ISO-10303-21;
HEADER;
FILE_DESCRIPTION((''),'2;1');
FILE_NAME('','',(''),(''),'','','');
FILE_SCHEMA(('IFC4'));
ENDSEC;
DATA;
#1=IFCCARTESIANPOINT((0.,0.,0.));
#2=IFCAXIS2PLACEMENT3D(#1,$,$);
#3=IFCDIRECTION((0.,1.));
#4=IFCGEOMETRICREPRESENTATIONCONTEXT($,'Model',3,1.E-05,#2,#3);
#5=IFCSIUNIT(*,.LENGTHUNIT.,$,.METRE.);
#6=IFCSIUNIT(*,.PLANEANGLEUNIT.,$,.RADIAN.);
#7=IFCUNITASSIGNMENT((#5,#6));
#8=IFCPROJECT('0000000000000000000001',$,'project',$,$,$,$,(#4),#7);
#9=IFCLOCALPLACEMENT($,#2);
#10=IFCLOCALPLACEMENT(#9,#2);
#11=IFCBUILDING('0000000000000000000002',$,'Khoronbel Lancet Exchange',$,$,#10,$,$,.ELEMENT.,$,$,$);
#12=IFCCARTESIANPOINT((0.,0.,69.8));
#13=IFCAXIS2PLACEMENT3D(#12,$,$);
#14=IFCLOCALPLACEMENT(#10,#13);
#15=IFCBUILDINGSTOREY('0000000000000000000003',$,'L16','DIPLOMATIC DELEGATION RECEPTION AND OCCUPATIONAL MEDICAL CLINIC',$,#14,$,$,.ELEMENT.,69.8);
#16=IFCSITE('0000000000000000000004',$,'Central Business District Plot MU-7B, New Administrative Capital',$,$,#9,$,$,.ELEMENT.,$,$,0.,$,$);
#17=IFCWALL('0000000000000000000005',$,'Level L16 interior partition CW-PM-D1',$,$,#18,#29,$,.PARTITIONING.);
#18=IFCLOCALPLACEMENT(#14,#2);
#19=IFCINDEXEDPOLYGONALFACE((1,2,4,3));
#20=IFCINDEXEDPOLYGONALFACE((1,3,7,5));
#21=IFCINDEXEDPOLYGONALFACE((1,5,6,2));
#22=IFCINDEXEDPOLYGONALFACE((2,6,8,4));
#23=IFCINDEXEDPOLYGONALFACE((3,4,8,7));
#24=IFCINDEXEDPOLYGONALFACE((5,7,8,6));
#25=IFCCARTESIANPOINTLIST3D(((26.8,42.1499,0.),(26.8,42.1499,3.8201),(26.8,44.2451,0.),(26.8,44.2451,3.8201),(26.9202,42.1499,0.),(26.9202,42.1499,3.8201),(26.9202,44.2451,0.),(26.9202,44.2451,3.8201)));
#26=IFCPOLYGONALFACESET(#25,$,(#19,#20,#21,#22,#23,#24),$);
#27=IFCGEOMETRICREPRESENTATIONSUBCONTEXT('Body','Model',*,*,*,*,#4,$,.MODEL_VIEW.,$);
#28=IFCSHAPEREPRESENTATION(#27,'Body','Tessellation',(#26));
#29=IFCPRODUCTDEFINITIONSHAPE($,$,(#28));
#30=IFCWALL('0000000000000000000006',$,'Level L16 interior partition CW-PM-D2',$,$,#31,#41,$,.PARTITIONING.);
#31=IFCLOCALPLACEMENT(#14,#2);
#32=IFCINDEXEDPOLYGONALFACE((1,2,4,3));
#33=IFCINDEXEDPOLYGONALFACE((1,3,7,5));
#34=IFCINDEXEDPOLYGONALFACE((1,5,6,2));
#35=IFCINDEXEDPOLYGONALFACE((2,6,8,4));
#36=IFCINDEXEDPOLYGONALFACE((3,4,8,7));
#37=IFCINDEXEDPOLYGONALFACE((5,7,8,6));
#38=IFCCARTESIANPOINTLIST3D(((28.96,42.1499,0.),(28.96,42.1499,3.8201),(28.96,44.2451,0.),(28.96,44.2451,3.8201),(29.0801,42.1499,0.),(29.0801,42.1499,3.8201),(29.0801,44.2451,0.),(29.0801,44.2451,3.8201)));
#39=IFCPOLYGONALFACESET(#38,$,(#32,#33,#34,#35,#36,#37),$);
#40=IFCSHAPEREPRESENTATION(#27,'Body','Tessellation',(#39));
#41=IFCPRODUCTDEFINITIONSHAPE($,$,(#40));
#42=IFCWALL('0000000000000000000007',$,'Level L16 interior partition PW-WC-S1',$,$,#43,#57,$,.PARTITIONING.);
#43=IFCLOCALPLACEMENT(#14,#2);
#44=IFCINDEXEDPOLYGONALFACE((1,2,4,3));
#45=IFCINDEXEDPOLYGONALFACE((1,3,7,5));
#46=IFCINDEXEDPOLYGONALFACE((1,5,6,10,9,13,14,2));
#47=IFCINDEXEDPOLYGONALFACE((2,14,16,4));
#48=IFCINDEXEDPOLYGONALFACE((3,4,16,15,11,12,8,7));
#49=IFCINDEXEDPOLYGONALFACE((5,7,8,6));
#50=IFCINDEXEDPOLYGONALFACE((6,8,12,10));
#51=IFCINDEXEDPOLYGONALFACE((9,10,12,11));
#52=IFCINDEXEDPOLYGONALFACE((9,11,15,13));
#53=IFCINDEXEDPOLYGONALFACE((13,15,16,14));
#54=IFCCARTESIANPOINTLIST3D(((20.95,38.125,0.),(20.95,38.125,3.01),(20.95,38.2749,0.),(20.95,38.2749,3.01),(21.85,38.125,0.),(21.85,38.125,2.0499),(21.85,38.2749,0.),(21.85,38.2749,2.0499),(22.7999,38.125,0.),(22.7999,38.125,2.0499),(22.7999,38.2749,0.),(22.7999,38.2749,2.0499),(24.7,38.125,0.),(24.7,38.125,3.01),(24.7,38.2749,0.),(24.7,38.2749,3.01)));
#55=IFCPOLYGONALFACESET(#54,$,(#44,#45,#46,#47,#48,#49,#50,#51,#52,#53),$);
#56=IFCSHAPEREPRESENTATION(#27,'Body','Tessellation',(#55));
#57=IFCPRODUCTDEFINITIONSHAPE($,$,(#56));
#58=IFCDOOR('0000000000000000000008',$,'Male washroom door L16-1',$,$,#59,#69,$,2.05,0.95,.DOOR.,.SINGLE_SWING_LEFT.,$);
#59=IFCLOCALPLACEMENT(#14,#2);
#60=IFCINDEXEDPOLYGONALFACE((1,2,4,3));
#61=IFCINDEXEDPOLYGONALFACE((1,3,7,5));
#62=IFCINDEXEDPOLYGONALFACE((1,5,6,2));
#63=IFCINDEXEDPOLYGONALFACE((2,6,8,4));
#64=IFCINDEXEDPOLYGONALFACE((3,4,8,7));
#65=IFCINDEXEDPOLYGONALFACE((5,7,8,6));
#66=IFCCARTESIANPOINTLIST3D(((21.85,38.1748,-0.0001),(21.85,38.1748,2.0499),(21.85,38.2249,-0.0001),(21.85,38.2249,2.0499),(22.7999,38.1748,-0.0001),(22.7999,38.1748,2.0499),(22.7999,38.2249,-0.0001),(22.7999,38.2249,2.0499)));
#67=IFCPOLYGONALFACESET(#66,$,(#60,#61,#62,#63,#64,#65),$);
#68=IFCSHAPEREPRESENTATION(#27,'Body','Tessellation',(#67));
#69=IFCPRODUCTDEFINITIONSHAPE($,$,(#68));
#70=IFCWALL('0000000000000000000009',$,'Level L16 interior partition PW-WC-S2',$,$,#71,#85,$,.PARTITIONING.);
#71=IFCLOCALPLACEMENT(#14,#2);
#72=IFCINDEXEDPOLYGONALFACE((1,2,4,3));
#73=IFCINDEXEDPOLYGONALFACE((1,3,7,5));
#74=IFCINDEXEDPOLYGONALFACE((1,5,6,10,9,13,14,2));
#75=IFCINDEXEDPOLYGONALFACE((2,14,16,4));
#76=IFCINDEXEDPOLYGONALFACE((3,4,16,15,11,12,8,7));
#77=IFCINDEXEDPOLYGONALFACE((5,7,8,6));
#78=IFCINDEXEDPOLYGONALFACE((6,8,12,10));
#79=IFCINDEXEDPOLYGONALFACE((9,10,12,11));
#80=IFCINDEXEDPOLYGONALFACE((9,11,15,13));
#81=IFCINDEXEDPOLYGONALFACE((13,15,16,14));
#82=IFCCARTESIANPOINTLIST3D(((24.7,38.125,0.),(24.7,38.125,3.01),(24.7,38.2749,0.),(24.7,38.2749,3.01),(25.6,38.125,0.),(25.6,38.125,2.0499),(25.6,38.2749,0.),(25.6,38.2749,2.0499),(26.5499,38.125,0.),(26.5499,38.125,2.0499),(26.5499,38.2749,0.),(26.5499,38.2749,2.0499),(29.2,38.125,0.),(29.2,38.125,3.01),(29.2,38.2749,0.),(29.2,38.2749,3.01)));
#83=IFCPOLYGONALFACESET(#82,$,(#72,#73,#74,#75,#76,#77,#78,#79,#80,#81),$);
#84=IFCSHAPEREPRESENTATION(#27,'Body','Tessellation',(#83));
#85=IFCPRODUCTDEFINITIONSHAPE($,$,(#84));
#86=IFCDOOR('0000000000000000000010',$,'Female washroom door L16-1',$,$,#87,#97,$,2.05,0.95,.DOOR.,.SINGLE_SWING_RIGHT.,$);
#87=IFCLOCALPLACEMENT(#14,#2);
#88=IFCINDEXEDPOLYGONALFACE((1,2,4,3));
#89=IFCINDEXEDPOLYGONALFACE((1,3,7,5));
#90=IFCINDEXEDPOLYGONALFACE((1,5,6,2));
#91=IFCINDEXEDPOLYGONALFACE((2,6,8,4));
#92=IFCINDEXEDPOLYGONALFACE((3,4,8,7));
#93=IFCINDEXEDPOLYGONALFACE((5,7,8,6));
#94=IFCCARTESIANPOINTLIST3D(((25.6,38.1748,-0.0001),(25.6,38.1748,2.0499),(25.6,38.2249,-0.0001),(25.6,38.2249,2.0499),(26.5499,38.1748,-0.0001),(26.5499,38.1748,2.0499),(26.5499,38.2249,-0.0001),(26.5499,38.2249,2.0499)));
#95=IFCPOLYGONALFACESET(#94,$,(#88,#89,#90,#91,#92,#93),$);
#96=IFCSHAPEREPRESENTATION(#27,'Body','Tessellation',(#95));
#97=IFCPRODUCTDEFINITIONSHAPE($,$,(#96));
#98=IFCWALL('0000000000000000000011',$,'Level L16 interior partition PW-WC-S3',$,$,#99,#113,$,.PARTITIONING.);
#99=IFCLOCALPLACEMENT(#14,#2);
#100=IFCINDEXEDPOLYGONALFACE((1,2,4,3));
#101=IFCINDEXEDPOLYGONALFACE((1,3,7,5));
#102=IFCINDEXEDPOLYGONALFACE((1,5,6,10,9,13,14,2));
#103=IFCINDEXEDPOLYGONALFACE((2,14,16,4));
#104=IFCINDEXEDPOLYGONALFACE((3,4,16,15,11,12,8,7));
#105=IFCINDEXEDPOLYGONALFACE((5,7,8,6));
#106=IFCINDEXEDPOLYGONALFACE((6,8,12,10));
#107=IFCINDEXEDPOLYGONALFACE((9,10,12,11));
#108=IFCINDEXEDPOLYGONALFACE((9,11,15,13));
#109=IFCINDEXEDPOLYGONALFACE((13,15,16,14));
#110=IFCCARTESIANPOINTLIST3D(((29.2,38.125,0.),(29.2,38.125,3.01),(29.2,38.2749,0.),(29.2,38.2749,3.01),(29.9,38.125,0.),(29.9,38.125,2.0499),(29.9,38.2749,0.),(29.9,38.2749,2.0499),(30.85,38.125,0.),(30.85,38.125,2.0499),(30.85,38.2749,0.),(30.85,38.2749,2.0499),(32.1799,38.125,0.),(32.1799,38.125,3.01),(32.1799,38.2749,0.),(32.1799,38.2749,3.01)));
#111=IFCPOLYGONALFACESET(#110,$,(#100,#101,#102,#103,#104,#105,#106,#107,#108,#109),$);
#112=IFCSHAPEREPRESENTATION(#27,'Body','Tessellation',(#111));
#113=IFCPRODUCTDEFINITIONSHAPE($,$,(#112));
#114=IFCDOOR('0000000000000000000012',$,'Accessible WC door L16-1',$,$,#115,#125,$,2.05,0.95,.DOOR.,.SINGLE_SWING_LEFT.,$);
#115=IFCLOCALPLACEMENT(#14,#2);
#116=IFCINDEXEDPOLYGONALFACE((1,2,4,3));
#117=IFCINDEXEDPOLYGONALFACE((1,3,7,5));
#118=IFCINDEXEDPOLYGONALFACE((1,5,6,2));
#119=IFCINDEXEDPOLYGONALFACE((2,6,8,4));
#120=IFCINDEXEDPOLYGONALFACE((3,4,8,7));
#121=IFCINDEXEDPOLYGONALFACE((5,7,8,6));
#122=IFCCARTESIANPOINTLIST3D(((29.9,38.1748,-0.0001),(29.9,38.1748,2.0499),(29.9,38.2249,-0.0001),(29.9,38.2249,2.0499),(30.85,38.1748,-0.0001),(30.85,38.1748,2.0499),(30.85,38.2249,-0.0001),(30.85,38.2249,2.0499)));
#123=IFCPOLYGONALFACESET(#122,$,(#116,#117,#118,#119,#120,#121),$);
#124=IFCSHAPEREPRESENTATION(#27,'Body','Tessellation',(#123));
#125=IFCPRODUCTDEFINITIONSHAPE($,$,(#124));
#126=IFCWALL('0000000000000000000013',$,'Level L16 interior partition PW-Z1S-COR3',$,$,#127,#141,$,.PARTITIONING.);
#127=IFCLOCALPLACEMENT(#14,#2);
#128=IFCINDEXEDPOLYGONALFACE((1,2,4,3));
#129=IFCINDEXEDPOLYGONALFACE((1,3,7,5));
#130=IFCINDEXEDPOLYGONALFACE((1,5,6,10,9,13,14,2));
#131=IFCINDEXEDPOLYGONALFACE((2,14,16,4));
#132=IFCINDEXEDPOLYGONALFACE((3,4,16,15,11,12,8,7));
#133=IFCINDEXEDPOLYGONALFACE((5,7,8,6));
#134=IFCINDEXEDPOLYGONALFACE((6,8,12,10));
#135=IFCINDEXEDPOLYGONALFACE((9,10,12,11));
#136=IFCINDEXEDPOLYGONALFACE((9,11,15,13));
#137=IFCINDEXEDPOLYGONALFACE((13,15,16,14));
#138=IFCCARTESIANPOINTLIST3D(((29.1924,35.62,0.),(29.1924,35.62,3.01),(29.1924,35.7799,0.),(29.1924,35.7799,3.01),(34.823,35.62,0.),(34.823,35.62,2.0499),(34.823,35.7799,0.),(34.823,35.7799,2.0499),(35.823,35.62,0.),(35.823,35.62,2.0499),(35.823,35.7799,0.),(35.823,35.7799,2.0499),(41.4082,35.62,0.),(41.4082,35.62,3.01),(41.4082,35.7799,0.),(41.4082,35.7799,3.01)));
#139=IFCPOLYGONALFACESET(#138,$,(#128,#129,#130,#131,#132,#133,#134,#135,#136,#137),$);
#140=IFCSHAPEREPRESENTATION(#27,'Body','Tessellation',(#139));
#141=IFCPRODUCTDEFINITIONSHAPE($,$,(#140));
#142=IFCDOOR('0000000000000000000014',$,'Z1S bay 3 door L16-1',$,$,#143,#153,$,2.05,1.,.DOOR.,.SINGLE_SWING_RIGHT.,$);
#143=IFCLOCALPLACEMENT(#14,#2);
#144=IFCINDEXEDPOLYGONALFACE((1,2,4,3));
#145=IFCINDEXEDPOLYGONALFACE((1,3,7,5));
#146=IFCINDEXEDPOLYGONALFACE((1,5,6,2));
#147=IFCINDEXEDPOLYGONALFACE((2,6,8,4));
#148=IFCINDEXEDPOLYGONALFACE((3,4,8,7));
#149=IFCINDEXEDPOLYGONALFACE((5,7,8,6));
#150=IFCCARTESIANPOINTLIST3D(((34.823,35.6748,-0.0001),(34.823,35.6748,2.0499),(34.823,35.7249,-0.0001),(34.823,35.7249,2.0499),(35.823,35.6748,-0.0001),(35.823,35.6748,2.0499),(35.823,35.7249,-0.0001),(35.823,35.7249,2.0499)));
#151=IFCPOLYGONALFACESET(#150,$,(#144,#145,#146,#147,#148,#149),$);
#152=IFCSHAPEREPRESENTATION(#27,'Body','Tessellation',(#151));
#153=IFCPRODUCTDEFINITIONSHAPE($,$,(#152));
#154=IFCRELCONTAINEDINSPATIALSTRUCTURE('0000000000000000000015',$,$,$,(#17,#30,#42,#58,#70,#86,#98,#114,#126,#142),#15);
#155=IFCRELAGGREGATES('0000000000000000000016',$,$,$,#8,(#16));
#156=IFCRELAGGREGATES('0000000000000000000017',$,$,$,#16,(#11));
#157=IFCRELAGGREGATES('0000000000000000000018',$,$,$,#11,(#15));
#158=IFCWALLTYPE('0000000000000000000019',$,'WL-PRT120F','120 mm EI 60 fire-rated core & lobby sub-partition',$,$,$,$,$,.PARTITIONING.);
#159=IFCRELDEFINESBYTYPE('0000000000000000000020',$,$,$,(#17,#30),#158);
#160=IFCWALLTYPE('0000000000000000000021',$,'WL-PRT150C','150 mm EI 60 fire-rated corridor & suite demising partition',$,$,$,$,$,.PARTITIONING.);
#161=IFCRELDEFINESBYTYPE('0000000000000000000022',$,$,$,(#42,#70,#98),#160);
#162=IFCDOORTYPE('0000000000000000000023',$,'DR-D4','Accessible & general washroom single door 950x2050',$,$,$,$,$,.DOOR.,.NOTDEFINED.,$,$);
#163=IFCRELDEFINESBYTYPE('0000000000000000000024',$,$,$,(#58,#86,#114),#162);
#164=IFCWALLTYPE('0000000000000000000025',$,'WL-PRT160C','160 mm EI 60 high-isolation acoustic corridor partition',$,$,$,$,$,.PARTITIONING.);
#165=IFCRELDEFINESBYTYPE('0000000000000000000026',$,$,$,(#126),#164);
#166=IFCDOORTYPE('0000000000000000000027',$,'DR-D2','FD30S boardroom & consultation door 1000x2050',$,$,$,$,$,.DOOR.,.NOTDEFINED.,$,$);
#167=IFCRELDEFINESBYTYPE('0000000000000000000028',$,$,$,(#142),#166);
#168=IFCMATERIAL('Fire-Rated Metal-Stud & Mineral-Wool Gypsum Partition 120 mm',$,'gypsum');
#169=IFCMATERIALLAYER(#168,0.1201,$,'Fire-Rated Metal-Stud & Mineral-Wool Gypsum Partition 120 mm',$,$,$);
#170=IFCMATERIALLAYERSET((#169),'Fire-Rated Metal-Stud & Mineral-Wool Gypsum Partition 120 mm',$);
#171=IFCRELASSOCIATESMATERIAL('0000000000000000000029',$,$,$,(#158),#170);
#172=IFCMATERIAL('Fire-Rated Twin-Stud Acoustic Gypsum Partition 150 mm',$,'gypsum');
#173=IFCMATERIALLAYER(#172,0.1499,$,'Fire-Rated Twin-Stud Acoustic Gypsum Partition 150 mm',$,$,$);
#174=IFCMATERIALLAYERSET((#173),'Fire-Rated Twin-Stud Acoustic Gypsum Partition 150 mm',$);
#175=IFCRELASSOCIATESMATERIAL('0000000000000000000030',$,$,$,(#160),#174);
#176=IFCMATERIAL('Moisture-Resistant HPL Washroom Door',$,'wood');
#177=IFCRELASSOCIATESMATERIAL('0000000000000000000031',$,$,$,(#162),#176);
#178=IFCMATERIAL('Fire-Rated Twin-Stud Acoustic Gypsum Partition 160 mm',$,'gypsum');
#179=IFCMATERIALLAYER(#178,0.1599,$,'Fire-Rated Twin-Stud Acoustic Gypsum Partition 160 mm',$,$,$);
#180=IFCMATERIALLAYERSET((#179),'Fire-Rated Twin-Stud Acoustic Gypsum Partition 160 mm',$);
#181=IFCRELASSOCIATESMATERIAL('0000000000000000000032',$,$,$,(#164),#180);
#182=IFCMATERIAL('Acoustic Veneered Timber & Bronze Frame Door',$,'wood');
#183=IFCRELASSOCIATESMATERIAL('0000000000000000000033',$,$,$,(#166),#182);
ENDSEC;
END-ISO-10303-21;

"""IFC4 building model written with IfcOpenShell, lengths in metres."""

from ifc_helpers import new_model, si_unit, direction, frame, frame_2d, origin, place, context, subcontext, project, spatial, rectangle, extrude, material, layer, layer_set, type_object, element, fill, save


model = new_model("IFC4")

# Units and contexts
model_context = context("Model", 3, precision=1e-05, world=origin(), true_north=direction((0.0, 1.0)))
body_context = subcontext(model_context, "Body", "Model", "MODEL_VIEW")
ifc_project = project(units=[si_unit("LENGTHUNIT", "METRE"), si_unit("PLANEANGLEUNIT", "RADIAN")], contexts=[model_context])

# Site, building, storey
site_placement = place(None, origin())
site = spatial("IfcSite", under=ifc_project, at=site_placement, Name="Central Business District Plot MU-7B, New Administrative Capital", CompositionType="ELEMENT", RefElevation=0.0)
building_placement = place(site_placement, origin())
building = spatial("IfcBuilding", under=site, at=building_placement, Name="Khoronbel Lancet Exchange", CompositionType="ELEMENT")
storey_placement = place(building_placement, frame((0.0, 0.0, 69.8)))
storey = spatial("IfcBuildingStorey", under=building, at=storey_placement, Name="L16", Description="DIPLOMATIC DELEGATION RECEPTION AND OCCUPATIONAL MEDICAL CLINIC", CompositionType="ELEMENT", Elevation=69.8)

# Walls
ifc_material_1 = material(Name="Fire-Rated Metal-Stud & Mineral-Wool Gypsum Partition 120 mm", Category="gypsum")
ifc_layer_1 = layer(ifc_material_1, 0.1201, Name="Fire-Rated Metal-Stud & Mineral-Wool Gypsum Partition 120 mm")
ifc_layer_set_1 = layer_set([ifc_layer_1], Name="Fire-Rated Metal-Stud & Mineral-Wool Gypsum Partition 120 mm")
wall_type_1 = type_object("IfcWallType", Name="WL-PRT120F", Description="120 mm EI 60 fire-rated core & lobby sub-partition", PredefinedType="PARTITIONING", material=ifc_layer_set_1)
for number, where, z_axis, x_axis, name in (
    (1, (26.8601, 42.1499, 0.0), (0.0, 0.0, 1.0), (0.0, 1.0, 0.0), "Level L16 interior partition CW-PM-D1"),
    (2, (29.02, 42.1499, 0.0), (0.0, 0.0, 1.0), (0.0, 1.0, 0.0), "Level L16 interior partition CW-PM-D2"),
):
    element("IfcWall", number, at=place(storey_placement, frame(where, z_axis=z_axis, x_axis=x_axis)), inside=storey, type_object=wall_type_1, Name=name, PredefinedType="PARTITIONING", context=body_context, shape_type="SweptSolid", body=[
        extrude(rectangle(XDim=2.0952, YDim=0.1201, at=frame_2d((1.0476, 0.0))), origin(), (0.0, 0.0, 1.0), 3.8201),
    ])

# Walls, openings, doors
ifc_material_2 = material(Name="Fire-Rated Twin-Stud Acoustic Gypsum Partition 150 mm", Category="gypsum")
ifc_layer_2 = layer(ifc_material_2, 0.1499, Name="Fire-Rated Twin-Stud Acoustic Gypsum Partition 150 mm")
ifc_layer_set_2 = layer_set([ifc_layer_2], Name="Fire-Rated Twin-Stud Acoustic Gypsum Partition 150 mm")
wall_type_2 = type_object("IfcWallType", Name="WL-PRT150C", Description="150 mm EI 60 fire-rated corridor & suite demising partition", PredefinedType="PARTITIONING", material=ifc_layer_set_2)
wall_1_placement = place(storey_placement, frame((20.95, 38.2, 0.0), z_axis=(0.0, 0.0, 1.0), x_axis=(1.0, 0.0, 0.0)))
wall_1 = element("IfcWall", 3, at=wall_1_placement, inside=storey, type_object=wall_type_2, Name="Level L16 interior partition PW-WC-S1", PredefinedType="PARTITIONING", context=body_context, shape_type="SweptSolid", body=[
    extrude(rectangle(XDim=3.75, YDim=0.1499, at=frame_2d((1.875, 0.0))), origin(), (0.0, 0.0, 1.0), 3.01),
])
opening_1_placement = place(wall_1_placement, frame((0.8999, 0.0, 0.0)))
opening_1 = element("IfcOpeningElement", 4, at=opening_1_placement, cuts=wall_1, PredefinedType="OPENING", context=body_context, shape_type="SweptSolid", body=[
    extrude(rectangle(XDim=0.95, YDim=2.05, at=frame_2d((0.4751, 1.0249))), frame((0.0, 0.085, 0.0), z_axis=(0.0, -1.0, 0.0), x_axis=(1.0, 0.0, 0.0)), (0.0, 0.0, 1.0), 0.1699),
])
ifc_material_3 = material(Name="Moisture-Resistant HPL Washroom Door", Category="wood")
door_type_1 = type_object("IfcDoorType", Name="DR-D4", Description="Accessible & general washroom single door 950x2050", OperationType="NOTDEFINED", PredefinedType="DOOR", material=ifc_material_3)
door_1_placement = place(opening_1_placement, origin())
door_1 = element("IfcDoor", 5, at=door_1_placement, inside=storey, type_object=door_type_1, Name="Male washroom door L16-1", OperationType="SINGLE_SWING_LEFT", OverallHeight=2.05, OverallWidth=0.95, PredefinedType="DOOR", context=body_context, shape_type="SweptSolid", body=[
    extrude(rectangle(XDim=0.95, YDim=2.05, at=frame_2d((0.4751, 1.0249))), frame((0.0, 0.0249, 0.0), z_axis=(0.0, -1.0, 0.0), x_axis=(1.0, 0.0, 0.0)), (0.0, 0.0, 1.0), 0.05),
])
fill(opening_1, door_1)
wall_2_placement = place(storey_placement, frame((24.7, 38.2, 0.0), z_axis=(0.0, 0.0, 1.0), x_axis=(1.0, 0.0, 0.0)))
wall_2 = element("IfcWall", 6, at=wall_2_placement, inside=storey, type_object=wall_type_2, Name="Level L16 interior partition PW-WC-S2", PredefinedType="PARTITIONING", context=body_context, shape_type="SweptSolid", body=[
    extrude(rectangle(XDim=4.5, YDim=0.1499, at=frame_2d((2.25, 0.0))), origin(), (0.0, 0.0, 1.0), 3.01),
])
opening_2_placement = place(wall_2_placement, frame((0.8999, 0.0, 0.0)))
opening_2 = element("IfcOpeningElement", 7, at=opening_2_placement, cuts=wall_2, PredefinedType="OPENING", context=body_context, shape_type="SweptSolid", body=[
    extrude(rectangle(XDim=0.95, YDim=2.05, at=frame_2d((0.4751, 1.0249))), frame((0.0, 0.085, 0.0), z_axis=(0.0, -1.0, 0.0), x_axis=(1.0, 0.0, 0.0)), (0.0, 0.0, 1.0), 0.1699),
])
door_2_placement = place(opening_2_placement, origin())
door_2 = element("IfcDoor", 8, at=door_2_placement, inside=storey, type_object=door_type_1, Name="Female washroom door L16-1", OperationType="SINGLE_SWING_RIGHT", OverallHeight=2.05, OverallWidth=0.95, PredefinedType="DOOR", context=body_context, shape_type="SweptSolid", body=[
    extrude(rectangle(XDim=0.95, YDim=2.05, at=frame_2d((0.4751, 1.0249))), frame((0.0, 0.0249, 0.0), z_axis=(0.0, -1.0, 0.0), x_axis=(1.0, 0.0, 0.0)), (0.0, 0.0, 1.0), 0.05),
])
fill(opening_2, door_2)
wall_3_placement = place(storey_placement, frame((29.2, 38.2, 0.0), z_axis=(0.0, 0.0, 1.0), x_axis=(1.0, 0.0, 0.0)))
wall_3 = element("IfcWall", 9, at=wall_3_placement, inside=storey, type_object=wall_type_2, Name="Level L16 interior partition PW-WC-S3", PredefinedType="PARTITIONING", context=body_context, shape_type="SweptSolid", body=[
    extrude(rectangle(XDim=2.98, YDim=0.1499, at=frame_2d((1.49, 0.0))), origin(), (0.0, 0.0, 1.0), 3.01),
])
opening_3_placement = place(wall_3_placement, frame((0.7, 0.0, 0.0)))
opening_3 = element("IfcOpeningElement", 10, at=opening_3_placement, cuts=wall_3, PredefinedType="OPENING", context=body_context, shape_type="SweptSolid", body=[
    extrude(rectangle(XDim=0.95, YDim=2.05, at=frame_2d((0.4751, 1.0249))), frame((0.0, 0.085, 0.0), z_axis=(0.0, -1.0, 0.0), x_axis=(1.0, 0.0, 0.0)), (0.0, 0.0, 1.0), 0.1699),
])
door_3_placement = place(opening_3_placement, origin())
door_3 = element("IfcDoor", 11, at=door_3_placement, inside=storey, type_object=door_type_1, Name="Accessible WC door L16-1", OperationType="SINGLE_SWING_LEFT", OverallHeight=2.05, OverallWidth=0.95, PredefinedType="DOOR", context=body_context, shape_type="SweptSolid", body=[
    extrude(rectangle(XDim=0.95, YDim=2.05, at=frame_2d((0.4751, 1.0249))), frame((0.0, 0.0249, 0.0), z_axis=(0.0, -1.0, 0.0), x_axis=(1.0, 0.0, 0.0)), (0.0, 0.0, 1.0), 0.05),
])
fill(opening_3, door_3)
ifc_material_4 = material(Name="Fire-Rated Twin-Stud Acoustic Gypsum Partition 160 mm", Category="gypsum")
ifc_layer_3 = layer(ifc_material_4, 0.1599, Name="Fire-Rated Twin-Stud Acoustic Gypsum Partition 160 mm")
ifc_layer_set_3 = layer_set([ifc_layer_3], Name="Fire-Rated Twin-Stud Acoustic Gypsum Partition 160 mm")
wall_type_3 = type_object("IfcWallType", Name="WL-PRT160C", Description="160 mm EI 60 high-isolation acoustic corridor partition", PredefinedType="PARTITIONING", material=ifc_layer_set_3)
wall_4_placement = place(storey_placement, frame((29.1924, 35.7, 0.0), z_axis=(0.0, 0.0, 1.0), x_axis=(1.0, 0.0, 0.0)))
wall_4 = element("IfcWall", 12, at=wall_4_placement, inside=storey, type_object=wall_type_3, Name="Level L16 interior partition PW-Z1S-COR3", PredefinedType="PARTITIONING", context=body_context, shape_type="SweptSolid", body=[
    extrude(rectangle(XDim=12.2158, YDim=0.1599, at=frame_2d((6.1079, 0.0))), origin(), (0.0, 0.0, 1.0), 3.01),
])
opening_4_placement = place(wall_4_placement, frame((5.6306, 0.0, 0.0)))
opening_4 = element("IfcOpeningElement", 13, at=opening_4_placement, cuts=wall_4, PredefinedType="OPENING", context=body_context, shape_type="SweptSolid", body=[
    extrude(rectangle(XDim=1.0, YDim=2.05, at=frame_2d((0.5, 1.0249))), frame((0.0, 0.0898, 0.0), z_axis=(0.0, -1.0, 0.0), x_axis=(1.0, 0.0, 0.0)), (0.0, 0.0, 1.0), 0.1799),
])
ifc_material_5 = material(Name="Acoustic Veneered Timber & Bronze Frame Door", Category="wood")
door_type_2 = type_object("IfcDoorType", Name="DR-D2", Description="FD30S boardroom & consultation door 1000x2050", OperationType="NOTDEFINED", PredefinedType="DOOR", material=ifc_material_5)
door_4_placement = place(opening_4_placement, origin())
door_4 = element("IfcDoor", 14, at=door_4_placement, inside=storey, type_object=door_type_2, Name="Z1S bay 3 door L16-1", OperationType="SINGLE_SWING_RIGHT", OverallHeight=2.05, OverallWidth=1.0, PredefinedType="DOOR", context=body_context, shape_type="SweptSolid", body=[
    extrude(rectangle(XDim=1.0, YDim=2.05, at=frame_2d((0.5, 1.0249))), frame((0.0, 0.0249, 0.0), z_axis=(0.0, -1.0, 0.0), x_axis=(1.0, 0.0, 0.0)), (0.0, 0.0, 1.0), 0.05),
])
fill(opening_4, door_4)

save(model, "model.ifc")
